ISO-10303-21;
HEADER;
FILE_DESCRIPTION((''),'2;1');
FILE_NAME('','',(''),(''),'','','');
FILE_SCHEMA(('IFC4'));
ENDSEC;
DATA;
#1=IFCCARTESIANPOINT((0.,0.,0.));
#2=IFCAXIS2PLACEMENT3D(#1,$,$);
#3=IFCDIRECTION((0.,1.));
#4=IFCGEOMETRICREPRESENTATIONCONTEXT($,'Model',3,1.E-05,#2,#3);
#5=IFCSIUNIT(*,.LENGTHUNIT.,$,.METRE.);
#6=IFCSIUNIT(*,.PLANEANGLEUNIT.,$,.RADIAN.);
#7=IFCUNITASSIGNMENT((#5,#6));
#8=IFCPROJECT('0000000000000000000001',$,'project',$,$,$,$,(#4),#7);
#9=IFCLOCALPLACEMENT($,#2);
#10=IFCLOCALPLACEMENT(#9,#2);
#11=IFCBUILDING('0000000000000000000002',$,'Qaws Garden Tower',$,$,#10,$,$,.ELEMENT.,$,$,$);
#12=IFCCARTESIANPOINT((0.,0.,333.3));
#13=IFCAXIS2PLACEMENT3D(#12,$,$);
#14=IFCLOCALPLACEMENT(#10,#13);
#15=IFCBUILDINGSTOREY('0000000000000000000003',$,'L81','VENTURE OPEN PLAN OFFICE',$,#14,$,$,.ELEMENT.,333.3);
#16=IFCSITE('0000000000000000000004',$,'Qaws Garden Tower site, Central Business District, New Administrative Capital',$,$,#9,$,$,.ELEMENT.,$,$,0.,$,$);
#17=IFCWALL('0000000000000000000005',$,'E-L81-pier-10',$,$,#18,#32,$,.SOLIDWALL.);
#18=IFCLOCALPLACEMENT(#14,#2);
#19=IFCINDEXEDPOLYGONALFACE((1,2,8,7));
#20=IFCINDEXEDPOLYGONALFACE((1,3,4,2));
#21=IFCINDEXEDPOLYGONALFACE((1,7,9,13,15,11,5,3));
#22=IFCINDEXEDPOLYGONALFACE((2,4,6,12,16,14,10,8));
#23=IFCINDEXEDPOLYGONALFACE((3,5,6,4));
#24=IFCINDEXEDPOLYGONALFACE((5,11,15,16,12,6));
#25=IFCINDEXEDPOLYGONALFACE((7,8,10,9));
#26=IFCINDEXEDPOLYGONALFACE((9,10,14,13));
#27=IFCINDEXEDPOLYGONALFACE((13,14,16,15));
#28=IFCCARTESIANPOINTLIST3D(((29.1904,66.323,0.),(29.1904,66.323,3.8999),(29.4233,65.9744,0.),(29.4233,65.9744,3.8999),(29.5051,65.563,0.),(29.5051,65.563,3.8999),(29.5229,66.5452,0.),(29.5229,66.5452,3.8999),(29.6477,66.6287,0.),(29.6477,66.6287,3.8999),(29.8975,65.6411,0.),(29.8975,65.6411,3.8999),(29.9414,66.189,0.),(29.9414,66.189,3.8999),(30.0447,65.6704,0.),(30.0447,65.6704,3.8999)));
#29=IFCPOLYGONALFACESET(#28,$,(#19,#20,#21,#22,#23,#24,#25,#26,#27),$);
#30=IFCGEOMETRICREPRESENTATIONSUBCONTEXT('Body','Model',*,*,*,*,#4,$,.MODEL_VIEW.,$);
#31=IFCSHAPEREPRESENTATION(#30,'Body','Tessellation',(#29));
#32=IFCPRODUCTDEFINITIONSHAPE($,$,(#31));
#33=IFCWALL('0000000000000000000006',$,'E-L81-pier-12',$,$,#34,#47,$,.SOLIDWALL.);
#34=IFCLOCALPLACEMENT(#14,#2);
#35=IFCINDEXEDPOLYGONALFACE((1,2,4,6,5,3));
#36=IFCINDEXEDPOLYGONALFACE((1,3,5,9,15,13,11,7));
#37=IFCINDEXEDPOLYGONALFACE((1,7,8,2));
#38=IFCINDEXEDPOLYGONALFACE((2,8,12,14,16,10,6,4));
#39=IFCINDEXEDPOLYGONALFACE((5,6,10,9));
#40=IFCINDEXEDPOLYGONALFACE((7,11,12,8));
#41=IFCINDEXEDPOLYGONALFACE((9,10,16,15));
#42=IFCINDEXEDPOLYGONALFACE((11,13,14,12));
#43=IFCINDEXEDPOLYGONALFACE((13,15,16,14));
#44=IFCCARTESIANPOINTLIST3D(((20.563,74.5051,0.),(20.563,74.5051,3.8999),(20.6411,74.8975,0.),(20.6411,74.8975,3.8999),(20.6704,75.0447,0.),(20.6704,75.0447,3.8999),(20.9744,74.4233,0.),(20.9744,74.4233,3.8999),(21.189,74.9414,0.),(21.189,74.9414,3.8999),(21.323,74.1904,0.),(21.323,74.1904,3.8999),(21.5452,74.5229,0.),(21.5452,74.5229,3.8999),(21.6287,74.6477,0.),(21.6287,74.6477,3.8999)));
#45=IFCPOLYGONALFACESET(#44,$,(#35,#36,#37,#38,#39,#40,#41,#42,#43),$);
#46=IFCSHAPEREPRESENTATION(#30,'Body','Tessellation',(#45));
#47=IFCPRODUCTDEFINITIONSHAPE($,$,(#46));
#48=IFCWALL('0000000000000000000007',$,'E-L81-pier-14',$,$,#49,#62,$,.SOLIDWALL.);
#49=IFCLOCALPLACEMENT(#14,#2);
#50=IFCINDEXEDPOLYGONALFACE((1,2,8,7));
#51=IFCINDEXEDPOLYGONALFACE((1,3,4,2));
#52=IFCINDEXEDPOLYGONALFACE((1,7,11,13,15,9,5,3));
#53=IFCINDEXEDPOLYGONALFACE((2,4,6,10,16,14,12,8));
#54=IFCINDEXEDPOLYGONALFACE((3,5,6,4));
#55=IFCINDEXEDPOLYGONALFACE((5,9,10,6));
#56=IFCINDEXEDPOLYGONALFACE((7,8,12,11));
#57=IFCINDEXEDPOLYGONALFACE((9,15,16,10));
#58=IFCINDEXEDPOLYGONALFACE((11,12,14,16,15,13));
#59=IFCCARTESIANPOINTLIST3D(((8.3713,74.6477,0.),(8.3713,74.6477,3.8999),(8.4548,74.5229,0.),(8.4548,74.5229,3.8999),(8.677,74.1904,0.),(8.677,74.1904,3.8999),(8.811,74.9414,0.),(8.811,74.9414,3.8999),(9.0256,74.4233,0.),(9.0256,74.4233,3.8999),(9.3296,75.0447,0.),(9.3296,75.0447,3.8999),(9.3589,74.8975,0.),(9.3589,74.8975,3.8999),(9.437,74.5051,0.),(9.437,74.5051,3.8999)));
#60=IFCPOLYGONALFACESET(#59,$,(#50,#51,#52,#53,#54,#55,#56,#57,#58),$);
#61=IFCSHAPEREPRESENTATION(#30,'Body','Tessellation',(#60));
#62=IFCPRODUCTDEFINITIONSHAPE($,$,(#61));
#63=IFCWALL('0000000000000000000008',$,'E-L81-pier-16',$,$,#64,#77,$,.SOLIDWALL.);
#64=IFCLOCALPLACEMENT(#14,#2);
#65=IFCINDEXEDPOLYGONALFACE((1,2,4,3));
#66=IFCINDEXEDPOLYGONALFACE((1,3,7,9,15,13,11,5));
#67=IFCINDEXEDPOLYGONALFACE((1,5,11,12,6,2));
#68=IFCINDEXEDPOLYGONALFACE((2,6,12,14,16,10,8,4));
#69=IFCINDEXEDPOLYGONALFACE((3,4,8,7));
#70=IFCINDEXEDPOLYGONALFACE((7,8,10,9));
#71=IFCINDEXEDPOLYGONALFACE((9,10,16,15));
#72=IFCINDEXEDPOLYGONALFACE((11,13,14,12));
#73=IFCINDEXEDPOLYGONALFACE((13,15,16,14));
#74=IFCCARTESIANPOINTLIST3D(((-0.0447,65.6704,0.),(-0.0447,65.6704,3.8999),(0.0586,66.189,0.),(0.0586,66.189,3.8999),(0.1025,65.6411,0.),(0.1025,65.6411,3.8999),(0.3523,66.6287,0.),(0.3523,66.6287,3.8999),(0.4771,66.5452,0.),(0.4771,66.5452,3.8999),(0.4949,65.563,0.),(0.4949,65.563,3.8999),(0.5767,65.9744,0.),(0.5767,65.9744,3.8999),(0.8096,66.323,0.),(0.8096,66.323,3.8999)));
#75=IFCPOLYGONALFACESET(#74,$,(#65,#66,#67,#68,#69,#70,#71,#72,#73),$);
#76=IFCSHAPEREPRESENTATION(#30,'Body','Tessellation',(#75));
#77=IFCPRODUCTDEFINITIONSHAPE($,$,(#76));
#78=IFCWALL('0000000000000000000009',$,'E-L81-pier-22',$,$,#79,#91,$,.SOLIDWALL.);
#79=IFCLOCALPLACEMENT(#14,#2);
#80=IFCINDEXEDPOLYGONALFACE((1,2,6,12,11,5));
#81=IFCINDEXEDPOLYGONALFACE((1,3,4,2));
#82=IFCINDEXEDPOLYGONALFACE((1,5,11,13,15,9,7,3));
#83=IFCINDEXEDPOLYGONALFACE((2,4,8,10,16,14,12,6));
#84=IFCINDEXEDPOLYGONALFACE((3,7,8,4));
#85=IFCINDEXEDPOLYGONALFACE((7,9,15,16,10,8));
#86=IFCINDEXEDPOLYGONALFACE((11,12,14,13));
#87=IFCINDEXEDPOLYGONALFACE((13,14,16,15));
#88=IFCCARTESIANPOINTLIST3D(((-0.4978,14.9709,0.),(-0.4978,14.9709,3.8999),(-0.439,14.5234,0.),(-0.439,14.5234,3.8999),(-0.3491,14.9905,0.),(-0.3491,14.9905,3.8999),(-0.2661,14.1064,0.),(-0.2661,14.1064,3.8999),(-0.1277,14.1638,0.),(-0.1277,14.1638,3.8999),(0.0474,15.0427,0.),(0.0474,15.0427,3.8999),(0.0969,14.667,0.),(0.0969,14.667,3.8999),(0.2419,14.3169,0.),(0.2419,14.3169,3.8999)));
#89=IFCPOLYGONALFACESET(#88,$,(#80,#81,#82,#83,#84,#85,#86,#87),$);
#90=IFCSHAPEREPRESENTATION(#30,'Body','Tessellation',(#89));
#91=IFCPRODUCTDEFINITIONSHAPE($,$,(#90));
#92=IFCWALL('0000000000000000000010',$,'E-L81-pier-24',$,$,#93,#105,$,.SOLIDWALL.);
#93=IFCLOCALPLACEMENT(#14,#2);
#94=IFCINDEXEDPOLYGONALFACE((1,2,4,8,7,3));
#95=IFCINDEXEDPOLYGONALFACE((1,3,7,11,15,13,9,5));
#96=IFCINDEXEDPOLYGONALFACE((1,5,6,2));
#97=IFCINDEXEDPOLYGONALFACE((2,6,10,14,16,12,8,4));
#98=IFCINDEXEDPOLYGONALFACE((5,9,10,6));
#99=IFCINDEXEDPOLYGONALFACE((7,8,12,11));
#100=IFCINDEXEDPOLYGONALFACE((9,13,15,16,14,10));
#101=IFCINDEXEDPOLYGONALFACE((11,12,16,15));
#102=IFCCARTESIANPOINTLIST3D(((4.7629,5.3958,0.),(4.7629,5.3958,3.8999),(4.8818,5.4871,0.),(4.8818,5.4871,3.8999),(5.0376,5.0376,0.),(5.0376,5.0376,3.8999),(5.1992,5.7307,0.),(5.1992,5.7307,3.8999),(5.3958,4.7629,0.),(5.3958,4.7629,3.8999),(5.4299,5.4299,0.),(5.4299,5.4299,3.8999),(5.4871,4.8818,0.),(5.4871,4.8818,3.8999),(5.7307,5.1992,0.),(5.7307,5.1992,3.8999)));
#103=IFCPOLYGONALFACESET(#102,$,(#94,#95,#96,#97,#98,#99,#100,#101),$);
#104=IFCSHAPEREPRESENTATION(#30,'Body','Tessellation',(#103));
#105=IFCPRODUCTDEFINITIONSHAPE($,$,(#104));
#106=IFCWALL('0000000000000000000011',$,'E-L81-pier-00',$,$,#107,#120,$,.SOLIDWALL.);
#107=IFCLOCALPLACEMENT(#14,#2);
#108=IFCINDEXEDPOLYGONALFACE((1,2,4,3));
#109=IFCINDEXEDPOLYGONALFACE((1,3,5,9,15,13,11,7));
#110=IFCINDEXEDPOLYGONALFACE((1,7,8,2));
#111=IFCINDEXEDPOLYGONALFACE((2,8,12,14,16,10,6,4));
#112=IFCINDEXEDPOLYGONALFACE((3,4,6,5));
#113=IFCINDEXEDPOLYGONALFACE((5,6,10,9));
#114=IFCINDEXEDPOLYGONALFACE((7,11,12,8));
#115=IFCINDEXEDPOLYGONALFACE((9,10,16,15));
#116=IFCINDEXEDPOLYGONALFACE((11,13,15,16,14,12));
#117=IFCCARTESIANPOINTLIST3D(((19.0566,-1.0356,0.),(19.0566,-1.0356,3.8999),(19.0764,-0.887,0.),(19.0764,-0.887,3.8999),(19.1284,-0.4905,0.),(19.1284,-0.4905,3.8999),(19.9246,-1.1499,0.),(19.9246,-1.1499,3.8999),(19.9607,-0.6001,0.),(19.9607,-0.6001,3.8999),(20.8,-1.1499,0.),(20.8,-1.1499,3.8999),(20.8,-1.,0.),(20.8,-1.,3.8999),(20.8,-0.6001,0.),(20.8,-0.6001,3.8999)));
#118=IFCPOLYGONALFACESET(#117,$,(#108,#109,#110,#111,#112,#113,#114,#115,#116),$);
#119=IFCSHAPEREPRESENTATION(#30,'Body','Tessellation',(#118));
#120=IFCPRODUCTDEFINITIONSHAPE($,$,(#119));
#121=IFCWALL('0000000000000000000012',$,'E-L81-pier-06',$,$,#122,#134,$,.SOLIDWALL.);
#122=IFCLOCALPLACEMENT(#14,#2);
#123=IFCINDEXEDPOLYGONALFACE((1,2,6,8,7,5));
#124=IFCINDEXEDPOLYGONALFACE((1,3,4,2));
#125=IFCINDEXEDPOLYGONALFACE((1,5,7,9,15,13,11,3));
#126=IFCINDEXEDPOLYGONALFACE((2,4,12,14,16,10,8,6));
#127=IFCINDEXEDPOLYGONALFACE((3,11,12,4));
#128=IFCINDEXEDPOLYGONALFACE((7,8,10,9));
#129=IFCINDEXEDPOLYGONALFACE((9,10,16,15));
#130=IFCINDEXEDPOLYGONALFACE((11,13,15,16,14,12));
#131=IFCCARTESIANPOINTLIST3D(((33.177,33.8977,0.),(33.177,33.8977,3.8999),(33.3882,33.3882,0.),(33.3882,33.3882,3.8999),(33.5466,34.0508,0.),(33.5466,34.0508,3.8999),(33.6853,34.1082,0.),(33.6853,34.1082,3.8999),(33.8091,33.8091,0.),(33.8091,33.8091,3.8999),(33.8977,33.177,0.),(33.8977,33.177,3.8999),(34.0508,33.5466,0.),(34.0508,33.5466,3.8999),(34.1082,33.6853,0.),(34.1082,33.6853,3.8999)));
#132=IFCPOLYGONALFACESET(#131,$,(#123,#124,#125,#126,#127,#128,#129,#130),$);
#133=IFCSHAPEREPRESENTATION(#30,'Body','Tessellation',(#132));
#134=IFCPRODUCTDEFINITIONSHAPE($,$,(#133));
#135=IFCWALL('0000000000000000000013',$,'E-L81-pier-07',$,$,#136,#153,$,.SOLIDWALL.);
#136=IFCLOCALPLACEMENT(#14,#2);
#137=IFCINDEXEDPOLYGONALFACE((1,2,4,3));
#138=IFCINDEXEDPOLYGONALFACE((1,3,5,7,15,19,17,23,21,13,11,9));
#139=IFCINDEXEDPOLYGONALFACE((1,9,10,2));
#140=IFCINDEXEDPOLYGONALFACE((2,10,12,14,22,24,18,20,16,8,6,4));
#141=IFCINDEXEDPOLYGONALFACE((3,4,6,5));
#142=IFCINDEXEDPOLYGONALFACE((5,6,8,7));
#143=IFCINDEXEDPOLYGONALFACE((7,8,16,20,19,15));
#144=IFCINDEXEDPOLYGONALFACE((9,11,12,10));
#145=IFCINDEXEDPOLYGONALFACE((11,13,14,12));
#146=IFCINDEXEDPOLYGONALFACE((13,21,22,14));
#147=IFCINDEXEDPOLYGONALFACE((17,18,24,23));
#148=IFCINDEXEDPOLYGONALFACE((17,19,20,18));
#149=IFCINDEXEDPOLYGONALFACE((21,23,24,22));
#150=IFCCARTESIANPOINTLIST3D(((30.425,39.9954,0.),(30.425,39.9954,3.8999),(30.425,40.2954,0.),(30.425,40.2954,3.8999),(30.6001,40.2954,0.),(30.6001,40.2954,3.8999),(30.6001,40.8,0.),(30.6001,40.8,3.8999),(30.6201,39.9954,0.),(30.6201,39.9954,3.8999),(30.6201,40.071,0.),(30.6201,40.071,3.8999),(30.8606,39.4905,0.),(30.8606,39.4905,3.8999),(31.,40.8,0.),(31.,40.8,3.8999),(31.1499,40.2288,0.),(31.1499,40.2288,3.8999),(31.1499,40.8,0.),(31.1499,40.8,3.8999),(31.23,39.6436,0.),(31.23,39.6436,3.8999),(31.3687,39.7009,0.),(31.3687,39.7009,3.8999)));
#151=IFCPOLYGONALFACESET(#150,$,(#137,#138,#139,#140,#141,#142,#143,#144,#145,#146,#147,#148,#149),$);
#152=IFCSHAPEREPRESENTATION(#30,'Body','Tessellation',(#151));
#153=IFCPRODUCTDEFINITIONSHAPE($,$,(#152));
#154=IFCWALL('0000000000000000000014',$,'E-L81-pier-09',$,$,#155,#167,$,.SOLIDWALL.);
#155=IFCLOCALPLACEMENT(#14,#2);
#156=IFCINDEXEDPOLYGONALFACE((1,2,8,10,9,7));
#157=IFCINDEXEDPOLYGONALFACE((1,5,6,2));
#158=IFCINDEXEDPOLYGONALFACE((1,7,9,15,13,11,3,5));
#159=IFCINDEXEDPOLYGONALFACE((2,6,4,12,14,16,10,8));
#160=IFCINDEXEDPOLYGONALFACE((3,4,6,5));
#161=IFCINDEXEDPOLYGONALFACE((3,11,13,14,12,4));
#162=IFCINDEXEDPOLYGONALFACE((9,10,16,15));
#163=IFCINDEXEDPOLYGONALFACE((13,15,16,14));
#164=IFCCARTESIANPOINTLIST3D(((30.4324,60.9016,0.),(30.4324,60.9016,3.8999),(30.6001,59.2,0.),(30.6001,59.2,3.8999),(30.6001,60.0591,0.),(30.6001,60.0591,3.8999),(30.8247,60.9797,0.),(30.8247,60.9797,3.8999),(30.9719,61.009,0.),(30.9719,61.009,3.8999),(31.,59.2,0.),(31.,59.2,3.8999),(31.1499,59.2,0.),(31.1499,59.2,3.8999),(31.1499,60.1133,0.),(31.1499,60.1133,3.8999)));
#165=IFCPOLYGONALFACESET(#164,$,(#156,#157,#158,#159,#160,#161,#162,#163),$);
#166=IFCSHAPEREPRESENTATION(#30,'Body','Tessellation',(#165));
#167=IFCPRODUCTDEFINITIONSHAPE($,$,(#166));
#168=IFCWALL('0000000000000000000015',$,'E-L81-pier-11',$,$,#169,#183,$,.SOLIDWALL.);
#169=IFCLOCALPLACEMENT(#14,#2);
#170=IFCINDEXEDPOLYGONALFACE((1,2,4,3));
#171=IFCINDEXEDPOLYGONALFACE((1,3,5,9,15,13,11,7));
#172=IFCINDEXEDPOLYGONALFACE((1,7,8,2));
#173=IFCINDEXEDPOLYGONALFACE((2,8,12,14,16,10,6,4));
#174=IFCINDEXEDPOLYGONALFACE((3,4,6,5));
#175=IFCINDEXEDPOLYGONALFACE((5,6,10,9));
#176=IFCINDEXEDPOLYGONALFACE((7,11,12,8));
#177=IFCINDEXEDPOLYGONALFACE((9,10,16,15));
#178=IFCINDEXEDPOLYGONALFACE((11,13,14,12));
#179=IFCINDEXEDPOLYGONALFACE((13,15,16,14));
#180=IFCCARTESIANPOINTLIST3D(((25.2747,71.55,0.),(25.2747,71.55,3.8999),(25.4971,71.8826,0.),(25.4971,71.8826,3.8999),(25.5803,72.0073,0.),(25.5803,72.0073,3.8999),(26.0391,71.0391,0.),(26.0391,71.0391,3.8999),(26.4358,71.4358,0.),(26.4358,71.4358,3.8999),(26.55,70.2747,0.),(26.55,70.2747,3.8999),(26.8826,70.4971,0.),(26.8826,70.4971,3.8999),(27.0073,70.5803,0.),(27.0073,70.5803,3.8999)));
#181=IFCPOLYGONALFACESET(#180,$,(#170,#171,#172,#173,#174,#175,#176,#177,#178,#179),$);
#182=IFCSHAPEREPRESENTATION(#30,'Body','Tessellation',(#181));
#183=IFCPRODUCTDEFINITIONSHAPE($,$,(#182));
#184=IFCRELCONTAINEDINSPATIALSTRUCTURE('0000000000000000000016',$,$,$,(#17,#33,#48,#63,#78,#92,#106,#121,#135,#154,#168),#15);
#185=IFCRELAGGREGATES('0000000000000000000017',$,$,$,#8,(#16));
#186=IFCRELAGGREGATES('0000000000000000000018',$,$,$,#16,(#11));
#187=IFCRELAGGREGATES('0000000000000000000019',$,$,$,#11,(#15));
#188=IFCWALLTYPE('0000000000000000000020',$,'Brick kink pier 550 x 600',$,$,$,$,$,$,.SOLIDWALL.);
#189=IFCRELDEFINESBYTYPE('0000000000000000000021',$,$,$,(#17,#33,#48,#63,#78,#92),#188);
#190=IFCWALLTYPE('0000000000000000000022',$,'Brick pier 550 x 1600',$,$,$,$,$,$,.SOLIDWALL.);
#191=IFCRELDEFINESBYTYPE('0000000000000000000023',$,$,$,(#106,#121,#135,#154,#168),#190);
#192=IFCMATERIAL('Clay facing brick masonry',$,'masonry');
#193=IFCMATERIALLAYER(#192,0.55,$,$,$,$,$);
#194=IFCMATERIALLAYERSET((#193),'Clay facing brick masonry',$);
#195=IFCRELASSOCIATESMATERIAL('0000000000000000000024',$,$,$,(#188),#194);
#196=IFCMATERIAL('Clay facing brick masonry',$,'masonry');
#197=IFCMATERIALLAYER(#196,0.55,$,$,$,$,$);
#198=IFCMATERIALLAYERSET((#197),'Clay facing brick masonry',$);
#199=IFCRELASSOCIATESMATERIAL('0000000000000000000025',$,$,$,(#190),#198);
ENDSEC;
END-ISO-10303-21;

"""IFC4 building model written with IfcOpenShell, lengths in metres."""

from ifc_helpers import new_model, si_unit, direction, frame, origin, place, context, subcontext, project, spatial, polyline, outline, extrude, material, layer, layer_set, type_object, element, save


model = new_model("IFC4")

# Units and contexts
model_context = context("Model", 3, precision=1e-05, world=origin(), true_north=direction((0.0, 1.0)))
body_context = subcontext(model_context, "Body", "Model", "MODEL_VIEW")
ifc_project = project(units=[si_unit("LENGTHUNIT", "METRE"), si_unit("PLANEANGLEUNIT", "RADIAN")], contexts=[model_context])

# Site, building, storey
site_placement = place(None, origin())
site = spatial("IfcSite", under=ifc_project, at=site_placement, Name="Qaws Garden Tower site, Central Business District, New Administrative Capital", CompositionType="ELEMENT", RefElevation=0.0)
building_placement = place(site_placement, origin())
building = spatial("IfcBuilding", under=site, at=building_placement, Name="Qaws Garden Tower", CompositionType="ELEMENT")
storey_placement = place(building_placement, frame((0.0, 0.0, 333.3)))
storey = spatial("IfcBuildingStorey", under=building, at=storey_placement, Name="L81", Description="VENTURE OPEN PLAN OFFICE", CompositionType="ELEMENT", Elevation=333.3)

# Walls
placement = place(storey_placement, origin())
ifc_material_1 = material(Name="Clay facing brick masonry", Category="masonry")
ifc_layer_1 = layer(ifc_material_1, 0.55)
ifc_layer_set_1 = layer_set([ifc_layer_1], Name="Clay facing brick masonry")
wall_type_1 = type_object("IfcWallType", Name="Brick kink pier 550 x 600", PredefinedType="SOLIDWALL", material=ifc_layer_set_1)
element("IfcWall", 1, at=placement, inside=storey, type_object=wall_type_1, Name="E-L81-pier-10", PredefinedType="SOLIDWALL", context=body_context, shape_type="SweptSolid", body=[
    extrude(outline(polyline([(29.8975, 65.6411), (30.0447, 65.6704), (29.9414, 66.189), (29.6477, 66.6287), (29.5229, 66.5452), (29.1904, 66.323), (29.4233, 65.9744), (29.5051, 65.563), (29.8975, 65.6411)])), origin(), (0.0, 0.0, 1.0), 3.8999),
])
element("IfcWall", 2, at=placement, inside=storey, type_object=wall_type_1, Name="E-L81-pier-12", PredefinedType="SOLIDWALL", context=body_context, shape_type="SweptSolid", body=[
    extrude(outline(polyline([(21.5452, 74.5229), (21.6287, 74.6477), (21.189, 74.9414), (20.6704, 75.0447), (20.6411, 74.8975), (20.563, 74.5051), (20.9744, 74.4233), (21.323, 74.1904), (21.5452, 74.5229)])), origin(), (0.0, 0.0, 1.0), 3.8999),
])
element("IfcWall", 3, at=placement, inside=storey, type_object=wall_type_1, Name="E-L81-pier-14", PredefinedType="SOLIDWALL", context=body_context, shape_type="SweptSolid", body=[
    extrude(outline(polyline([(9.3589, 74.8975), (9.3296, 75.0447), (8.811, 74.9414), (8.3713, 74.6477), (8.4548, 74.5229), (8.677, 74.1904), (9.0256, 74.4233), (9.437, 74.5051), (9.3589, 74.8975)])), origin(), (0.0, 0.0, 1.0), 3.8999),
])
element("IfcWall", 4, at=placement, inside=storey, type_object=wall_type_1, Name="E-L81-pier-16", PredefinedType="SOLIDWALL", context=body_context, shape_type="SweptSolid", body=[
    extrude(outline(polyline([(0.4771, 66.5452), (0.3523, 66.6287), (0.0586, 66.189), (-0.0447, 65.6704), (0.1025, 65.6411), (0.4949, 65.563), (0.5767, 65.9744), (0.8096, 66.323), (0.4771, 66.5452)])), origin(), (0.0, 0.0, 1.0), 3.8999),
])
element("IfcWall", 5, at=placement, inside=storey, type_object=wall_type_1, Name="E-L81-pier-22", PredefinedType="SOLIDWALL", context=body_context, shape_type="SweptSolid", body=[
    extrude(outline(polyline([(-0.3491, 14.9905), (-0.4978, 14.9709), (-0.439, 14.5234), (-0.2661, 14.1064), (-0.1277, 14.1638), (0.2419, 14.3169), (0.0969, 14.667), (0.0474, 15.0427), (-0.3491, 14.9905)])), origin(), (0.0, 0.0, 1.0), 3.8999),
])
element("IfcWall", 6, at=placement, inside=storey, type_object=wall_type_1, Name="E-L81-pier-24", PredefinedType="SOLIDWALL", context=body_context, shape_type="SweptSolid", body=[
    extrude(outline(polyline([(4.8818, 5.4871), (4.7629, 5.3958), (5.0376, 5.0376), (5.3958, 4.7629), (5.4871, 4.8818), (5.7307, 5.1992), (5.4299, 5.4299), (5.1992, 5.7307), (4.8818, 5.4871)])), origin(), (0.0, 0.0, 1.0), 3.8999),
])
ifc_material_2 = material(Name="Clay facing brick masonry", Category="masonry")
ifc_layer_2 = layer(ifc_material_2, 0.55)
ifc_layer_set_2 = layer_set([ifc_layer_2], Name="Clay facing brick masonry")
wall_type_2 = type_object("IfcWallType", Name="Brick pier 550 x 1600", PredefinedType="SOLIDWALL", material=ifc_layer_set_2)
element("IfcWall", 7, at=placement, inside=storey, type_object=wall_type_2, Name="E-L81-pier-00", PredefinedType="SOLIDWALL", context=body_context, shape_type="SweptSolid", body=[
    extrude(outline(polyline([(19.0764, -0.887), (19.0566, -1.0356), (19.9246, -1.1499), (20.8, -1.1499), (20.8, -1.0), (20.8, -0.6001), (19.9607, -0.6001), (19.1284, -0.4905), (19.0764, -0.887)])), origin(), (0.0, 0.0, 1.0), 3.8999),
])
element("IfcWall", 8, at=placement, inside=storey, type_object=wall_type_2, Name="E-L81-pier-06", PredefinedType="SOLIDWALL", context=body_context, shape_type="SweptSolid", body=[
    extrude(outline(polyline([(34.0508, 33.5466), (34.1082, 33.6853), (33.8091, 33.8091), (33.6853, 34.1082), (33.5466, 34.0508), (33.177, 33.8977), (33.3882, 33.3882), (33.8977, 33.177), (34.0508, 33.5466)])), origin(), (0.0, 0.0, 1.0), 3.8999),
])
element("IfcWall", 9, at=placement, inside=storey, type_object=wall_type_2, Name="E-L81-pier-07", PredefinedType="SOLIDWALL", context=body_context, shape_type="SweptSolid", body=[
    extrude(outline(polyline([(30.6201, 39.9954), (30.6201, 40.071), (30.8606, 39.4905), (31.23, 39.6436), (31.3687, 39.7009), (31.1499, 40.2288), (31.1499, 40.8), (31.0, 40.8), (30.6001, 40.8), (30.6001, 40.2954), (30.425, 40.2954), (30.425, 39.9954), (30.6201, 39.9954)])), origin(), (0.0, 0.0, 1.0), 3.8999),
])
element("IfcWall", 10, at=placement, inside=storey, type_object=wall_type_2, Name="E-L81-pier-09", PredefinedType="SOLIDWALL", context=body_context, shape_type="SweptSolid", body=[
    extrude(outline(polyline([(31.0, 59.2), (31.1499, 59.2), (31.1499, 60.1133), (30.9719, 61.009), (30.8247, 60.9797), (30.4324, 60.9016), (30.6001, 60.0591), (30.6001, 59.2), (31.0, 59.2)])), origin(), (0.0, 0.0, 1.0), 3.8999),
])
element("IfcWall", 11, at=placement, inside=storey, type_object=wall_type_2, Name="E-L81-pier-11", PredefinedType="SOLIDWALL", context=body_context, shape_type="SweptSolid", body=[
    extrude(outline(polyline([(26.8826, 70.4971), (27.0073, 70.5803), (26.4358, 71.4358), (25.5803, 72.0073), (25.4971, 71.8826), (25.2747, 71.55), (26.0391, 71.0391), (26.55, 70.2747), (26.8826, 70.4971)])), origin(), (0.0, 0.0, 1.0), 3.8999),
])

save(model, "model.ifc")
